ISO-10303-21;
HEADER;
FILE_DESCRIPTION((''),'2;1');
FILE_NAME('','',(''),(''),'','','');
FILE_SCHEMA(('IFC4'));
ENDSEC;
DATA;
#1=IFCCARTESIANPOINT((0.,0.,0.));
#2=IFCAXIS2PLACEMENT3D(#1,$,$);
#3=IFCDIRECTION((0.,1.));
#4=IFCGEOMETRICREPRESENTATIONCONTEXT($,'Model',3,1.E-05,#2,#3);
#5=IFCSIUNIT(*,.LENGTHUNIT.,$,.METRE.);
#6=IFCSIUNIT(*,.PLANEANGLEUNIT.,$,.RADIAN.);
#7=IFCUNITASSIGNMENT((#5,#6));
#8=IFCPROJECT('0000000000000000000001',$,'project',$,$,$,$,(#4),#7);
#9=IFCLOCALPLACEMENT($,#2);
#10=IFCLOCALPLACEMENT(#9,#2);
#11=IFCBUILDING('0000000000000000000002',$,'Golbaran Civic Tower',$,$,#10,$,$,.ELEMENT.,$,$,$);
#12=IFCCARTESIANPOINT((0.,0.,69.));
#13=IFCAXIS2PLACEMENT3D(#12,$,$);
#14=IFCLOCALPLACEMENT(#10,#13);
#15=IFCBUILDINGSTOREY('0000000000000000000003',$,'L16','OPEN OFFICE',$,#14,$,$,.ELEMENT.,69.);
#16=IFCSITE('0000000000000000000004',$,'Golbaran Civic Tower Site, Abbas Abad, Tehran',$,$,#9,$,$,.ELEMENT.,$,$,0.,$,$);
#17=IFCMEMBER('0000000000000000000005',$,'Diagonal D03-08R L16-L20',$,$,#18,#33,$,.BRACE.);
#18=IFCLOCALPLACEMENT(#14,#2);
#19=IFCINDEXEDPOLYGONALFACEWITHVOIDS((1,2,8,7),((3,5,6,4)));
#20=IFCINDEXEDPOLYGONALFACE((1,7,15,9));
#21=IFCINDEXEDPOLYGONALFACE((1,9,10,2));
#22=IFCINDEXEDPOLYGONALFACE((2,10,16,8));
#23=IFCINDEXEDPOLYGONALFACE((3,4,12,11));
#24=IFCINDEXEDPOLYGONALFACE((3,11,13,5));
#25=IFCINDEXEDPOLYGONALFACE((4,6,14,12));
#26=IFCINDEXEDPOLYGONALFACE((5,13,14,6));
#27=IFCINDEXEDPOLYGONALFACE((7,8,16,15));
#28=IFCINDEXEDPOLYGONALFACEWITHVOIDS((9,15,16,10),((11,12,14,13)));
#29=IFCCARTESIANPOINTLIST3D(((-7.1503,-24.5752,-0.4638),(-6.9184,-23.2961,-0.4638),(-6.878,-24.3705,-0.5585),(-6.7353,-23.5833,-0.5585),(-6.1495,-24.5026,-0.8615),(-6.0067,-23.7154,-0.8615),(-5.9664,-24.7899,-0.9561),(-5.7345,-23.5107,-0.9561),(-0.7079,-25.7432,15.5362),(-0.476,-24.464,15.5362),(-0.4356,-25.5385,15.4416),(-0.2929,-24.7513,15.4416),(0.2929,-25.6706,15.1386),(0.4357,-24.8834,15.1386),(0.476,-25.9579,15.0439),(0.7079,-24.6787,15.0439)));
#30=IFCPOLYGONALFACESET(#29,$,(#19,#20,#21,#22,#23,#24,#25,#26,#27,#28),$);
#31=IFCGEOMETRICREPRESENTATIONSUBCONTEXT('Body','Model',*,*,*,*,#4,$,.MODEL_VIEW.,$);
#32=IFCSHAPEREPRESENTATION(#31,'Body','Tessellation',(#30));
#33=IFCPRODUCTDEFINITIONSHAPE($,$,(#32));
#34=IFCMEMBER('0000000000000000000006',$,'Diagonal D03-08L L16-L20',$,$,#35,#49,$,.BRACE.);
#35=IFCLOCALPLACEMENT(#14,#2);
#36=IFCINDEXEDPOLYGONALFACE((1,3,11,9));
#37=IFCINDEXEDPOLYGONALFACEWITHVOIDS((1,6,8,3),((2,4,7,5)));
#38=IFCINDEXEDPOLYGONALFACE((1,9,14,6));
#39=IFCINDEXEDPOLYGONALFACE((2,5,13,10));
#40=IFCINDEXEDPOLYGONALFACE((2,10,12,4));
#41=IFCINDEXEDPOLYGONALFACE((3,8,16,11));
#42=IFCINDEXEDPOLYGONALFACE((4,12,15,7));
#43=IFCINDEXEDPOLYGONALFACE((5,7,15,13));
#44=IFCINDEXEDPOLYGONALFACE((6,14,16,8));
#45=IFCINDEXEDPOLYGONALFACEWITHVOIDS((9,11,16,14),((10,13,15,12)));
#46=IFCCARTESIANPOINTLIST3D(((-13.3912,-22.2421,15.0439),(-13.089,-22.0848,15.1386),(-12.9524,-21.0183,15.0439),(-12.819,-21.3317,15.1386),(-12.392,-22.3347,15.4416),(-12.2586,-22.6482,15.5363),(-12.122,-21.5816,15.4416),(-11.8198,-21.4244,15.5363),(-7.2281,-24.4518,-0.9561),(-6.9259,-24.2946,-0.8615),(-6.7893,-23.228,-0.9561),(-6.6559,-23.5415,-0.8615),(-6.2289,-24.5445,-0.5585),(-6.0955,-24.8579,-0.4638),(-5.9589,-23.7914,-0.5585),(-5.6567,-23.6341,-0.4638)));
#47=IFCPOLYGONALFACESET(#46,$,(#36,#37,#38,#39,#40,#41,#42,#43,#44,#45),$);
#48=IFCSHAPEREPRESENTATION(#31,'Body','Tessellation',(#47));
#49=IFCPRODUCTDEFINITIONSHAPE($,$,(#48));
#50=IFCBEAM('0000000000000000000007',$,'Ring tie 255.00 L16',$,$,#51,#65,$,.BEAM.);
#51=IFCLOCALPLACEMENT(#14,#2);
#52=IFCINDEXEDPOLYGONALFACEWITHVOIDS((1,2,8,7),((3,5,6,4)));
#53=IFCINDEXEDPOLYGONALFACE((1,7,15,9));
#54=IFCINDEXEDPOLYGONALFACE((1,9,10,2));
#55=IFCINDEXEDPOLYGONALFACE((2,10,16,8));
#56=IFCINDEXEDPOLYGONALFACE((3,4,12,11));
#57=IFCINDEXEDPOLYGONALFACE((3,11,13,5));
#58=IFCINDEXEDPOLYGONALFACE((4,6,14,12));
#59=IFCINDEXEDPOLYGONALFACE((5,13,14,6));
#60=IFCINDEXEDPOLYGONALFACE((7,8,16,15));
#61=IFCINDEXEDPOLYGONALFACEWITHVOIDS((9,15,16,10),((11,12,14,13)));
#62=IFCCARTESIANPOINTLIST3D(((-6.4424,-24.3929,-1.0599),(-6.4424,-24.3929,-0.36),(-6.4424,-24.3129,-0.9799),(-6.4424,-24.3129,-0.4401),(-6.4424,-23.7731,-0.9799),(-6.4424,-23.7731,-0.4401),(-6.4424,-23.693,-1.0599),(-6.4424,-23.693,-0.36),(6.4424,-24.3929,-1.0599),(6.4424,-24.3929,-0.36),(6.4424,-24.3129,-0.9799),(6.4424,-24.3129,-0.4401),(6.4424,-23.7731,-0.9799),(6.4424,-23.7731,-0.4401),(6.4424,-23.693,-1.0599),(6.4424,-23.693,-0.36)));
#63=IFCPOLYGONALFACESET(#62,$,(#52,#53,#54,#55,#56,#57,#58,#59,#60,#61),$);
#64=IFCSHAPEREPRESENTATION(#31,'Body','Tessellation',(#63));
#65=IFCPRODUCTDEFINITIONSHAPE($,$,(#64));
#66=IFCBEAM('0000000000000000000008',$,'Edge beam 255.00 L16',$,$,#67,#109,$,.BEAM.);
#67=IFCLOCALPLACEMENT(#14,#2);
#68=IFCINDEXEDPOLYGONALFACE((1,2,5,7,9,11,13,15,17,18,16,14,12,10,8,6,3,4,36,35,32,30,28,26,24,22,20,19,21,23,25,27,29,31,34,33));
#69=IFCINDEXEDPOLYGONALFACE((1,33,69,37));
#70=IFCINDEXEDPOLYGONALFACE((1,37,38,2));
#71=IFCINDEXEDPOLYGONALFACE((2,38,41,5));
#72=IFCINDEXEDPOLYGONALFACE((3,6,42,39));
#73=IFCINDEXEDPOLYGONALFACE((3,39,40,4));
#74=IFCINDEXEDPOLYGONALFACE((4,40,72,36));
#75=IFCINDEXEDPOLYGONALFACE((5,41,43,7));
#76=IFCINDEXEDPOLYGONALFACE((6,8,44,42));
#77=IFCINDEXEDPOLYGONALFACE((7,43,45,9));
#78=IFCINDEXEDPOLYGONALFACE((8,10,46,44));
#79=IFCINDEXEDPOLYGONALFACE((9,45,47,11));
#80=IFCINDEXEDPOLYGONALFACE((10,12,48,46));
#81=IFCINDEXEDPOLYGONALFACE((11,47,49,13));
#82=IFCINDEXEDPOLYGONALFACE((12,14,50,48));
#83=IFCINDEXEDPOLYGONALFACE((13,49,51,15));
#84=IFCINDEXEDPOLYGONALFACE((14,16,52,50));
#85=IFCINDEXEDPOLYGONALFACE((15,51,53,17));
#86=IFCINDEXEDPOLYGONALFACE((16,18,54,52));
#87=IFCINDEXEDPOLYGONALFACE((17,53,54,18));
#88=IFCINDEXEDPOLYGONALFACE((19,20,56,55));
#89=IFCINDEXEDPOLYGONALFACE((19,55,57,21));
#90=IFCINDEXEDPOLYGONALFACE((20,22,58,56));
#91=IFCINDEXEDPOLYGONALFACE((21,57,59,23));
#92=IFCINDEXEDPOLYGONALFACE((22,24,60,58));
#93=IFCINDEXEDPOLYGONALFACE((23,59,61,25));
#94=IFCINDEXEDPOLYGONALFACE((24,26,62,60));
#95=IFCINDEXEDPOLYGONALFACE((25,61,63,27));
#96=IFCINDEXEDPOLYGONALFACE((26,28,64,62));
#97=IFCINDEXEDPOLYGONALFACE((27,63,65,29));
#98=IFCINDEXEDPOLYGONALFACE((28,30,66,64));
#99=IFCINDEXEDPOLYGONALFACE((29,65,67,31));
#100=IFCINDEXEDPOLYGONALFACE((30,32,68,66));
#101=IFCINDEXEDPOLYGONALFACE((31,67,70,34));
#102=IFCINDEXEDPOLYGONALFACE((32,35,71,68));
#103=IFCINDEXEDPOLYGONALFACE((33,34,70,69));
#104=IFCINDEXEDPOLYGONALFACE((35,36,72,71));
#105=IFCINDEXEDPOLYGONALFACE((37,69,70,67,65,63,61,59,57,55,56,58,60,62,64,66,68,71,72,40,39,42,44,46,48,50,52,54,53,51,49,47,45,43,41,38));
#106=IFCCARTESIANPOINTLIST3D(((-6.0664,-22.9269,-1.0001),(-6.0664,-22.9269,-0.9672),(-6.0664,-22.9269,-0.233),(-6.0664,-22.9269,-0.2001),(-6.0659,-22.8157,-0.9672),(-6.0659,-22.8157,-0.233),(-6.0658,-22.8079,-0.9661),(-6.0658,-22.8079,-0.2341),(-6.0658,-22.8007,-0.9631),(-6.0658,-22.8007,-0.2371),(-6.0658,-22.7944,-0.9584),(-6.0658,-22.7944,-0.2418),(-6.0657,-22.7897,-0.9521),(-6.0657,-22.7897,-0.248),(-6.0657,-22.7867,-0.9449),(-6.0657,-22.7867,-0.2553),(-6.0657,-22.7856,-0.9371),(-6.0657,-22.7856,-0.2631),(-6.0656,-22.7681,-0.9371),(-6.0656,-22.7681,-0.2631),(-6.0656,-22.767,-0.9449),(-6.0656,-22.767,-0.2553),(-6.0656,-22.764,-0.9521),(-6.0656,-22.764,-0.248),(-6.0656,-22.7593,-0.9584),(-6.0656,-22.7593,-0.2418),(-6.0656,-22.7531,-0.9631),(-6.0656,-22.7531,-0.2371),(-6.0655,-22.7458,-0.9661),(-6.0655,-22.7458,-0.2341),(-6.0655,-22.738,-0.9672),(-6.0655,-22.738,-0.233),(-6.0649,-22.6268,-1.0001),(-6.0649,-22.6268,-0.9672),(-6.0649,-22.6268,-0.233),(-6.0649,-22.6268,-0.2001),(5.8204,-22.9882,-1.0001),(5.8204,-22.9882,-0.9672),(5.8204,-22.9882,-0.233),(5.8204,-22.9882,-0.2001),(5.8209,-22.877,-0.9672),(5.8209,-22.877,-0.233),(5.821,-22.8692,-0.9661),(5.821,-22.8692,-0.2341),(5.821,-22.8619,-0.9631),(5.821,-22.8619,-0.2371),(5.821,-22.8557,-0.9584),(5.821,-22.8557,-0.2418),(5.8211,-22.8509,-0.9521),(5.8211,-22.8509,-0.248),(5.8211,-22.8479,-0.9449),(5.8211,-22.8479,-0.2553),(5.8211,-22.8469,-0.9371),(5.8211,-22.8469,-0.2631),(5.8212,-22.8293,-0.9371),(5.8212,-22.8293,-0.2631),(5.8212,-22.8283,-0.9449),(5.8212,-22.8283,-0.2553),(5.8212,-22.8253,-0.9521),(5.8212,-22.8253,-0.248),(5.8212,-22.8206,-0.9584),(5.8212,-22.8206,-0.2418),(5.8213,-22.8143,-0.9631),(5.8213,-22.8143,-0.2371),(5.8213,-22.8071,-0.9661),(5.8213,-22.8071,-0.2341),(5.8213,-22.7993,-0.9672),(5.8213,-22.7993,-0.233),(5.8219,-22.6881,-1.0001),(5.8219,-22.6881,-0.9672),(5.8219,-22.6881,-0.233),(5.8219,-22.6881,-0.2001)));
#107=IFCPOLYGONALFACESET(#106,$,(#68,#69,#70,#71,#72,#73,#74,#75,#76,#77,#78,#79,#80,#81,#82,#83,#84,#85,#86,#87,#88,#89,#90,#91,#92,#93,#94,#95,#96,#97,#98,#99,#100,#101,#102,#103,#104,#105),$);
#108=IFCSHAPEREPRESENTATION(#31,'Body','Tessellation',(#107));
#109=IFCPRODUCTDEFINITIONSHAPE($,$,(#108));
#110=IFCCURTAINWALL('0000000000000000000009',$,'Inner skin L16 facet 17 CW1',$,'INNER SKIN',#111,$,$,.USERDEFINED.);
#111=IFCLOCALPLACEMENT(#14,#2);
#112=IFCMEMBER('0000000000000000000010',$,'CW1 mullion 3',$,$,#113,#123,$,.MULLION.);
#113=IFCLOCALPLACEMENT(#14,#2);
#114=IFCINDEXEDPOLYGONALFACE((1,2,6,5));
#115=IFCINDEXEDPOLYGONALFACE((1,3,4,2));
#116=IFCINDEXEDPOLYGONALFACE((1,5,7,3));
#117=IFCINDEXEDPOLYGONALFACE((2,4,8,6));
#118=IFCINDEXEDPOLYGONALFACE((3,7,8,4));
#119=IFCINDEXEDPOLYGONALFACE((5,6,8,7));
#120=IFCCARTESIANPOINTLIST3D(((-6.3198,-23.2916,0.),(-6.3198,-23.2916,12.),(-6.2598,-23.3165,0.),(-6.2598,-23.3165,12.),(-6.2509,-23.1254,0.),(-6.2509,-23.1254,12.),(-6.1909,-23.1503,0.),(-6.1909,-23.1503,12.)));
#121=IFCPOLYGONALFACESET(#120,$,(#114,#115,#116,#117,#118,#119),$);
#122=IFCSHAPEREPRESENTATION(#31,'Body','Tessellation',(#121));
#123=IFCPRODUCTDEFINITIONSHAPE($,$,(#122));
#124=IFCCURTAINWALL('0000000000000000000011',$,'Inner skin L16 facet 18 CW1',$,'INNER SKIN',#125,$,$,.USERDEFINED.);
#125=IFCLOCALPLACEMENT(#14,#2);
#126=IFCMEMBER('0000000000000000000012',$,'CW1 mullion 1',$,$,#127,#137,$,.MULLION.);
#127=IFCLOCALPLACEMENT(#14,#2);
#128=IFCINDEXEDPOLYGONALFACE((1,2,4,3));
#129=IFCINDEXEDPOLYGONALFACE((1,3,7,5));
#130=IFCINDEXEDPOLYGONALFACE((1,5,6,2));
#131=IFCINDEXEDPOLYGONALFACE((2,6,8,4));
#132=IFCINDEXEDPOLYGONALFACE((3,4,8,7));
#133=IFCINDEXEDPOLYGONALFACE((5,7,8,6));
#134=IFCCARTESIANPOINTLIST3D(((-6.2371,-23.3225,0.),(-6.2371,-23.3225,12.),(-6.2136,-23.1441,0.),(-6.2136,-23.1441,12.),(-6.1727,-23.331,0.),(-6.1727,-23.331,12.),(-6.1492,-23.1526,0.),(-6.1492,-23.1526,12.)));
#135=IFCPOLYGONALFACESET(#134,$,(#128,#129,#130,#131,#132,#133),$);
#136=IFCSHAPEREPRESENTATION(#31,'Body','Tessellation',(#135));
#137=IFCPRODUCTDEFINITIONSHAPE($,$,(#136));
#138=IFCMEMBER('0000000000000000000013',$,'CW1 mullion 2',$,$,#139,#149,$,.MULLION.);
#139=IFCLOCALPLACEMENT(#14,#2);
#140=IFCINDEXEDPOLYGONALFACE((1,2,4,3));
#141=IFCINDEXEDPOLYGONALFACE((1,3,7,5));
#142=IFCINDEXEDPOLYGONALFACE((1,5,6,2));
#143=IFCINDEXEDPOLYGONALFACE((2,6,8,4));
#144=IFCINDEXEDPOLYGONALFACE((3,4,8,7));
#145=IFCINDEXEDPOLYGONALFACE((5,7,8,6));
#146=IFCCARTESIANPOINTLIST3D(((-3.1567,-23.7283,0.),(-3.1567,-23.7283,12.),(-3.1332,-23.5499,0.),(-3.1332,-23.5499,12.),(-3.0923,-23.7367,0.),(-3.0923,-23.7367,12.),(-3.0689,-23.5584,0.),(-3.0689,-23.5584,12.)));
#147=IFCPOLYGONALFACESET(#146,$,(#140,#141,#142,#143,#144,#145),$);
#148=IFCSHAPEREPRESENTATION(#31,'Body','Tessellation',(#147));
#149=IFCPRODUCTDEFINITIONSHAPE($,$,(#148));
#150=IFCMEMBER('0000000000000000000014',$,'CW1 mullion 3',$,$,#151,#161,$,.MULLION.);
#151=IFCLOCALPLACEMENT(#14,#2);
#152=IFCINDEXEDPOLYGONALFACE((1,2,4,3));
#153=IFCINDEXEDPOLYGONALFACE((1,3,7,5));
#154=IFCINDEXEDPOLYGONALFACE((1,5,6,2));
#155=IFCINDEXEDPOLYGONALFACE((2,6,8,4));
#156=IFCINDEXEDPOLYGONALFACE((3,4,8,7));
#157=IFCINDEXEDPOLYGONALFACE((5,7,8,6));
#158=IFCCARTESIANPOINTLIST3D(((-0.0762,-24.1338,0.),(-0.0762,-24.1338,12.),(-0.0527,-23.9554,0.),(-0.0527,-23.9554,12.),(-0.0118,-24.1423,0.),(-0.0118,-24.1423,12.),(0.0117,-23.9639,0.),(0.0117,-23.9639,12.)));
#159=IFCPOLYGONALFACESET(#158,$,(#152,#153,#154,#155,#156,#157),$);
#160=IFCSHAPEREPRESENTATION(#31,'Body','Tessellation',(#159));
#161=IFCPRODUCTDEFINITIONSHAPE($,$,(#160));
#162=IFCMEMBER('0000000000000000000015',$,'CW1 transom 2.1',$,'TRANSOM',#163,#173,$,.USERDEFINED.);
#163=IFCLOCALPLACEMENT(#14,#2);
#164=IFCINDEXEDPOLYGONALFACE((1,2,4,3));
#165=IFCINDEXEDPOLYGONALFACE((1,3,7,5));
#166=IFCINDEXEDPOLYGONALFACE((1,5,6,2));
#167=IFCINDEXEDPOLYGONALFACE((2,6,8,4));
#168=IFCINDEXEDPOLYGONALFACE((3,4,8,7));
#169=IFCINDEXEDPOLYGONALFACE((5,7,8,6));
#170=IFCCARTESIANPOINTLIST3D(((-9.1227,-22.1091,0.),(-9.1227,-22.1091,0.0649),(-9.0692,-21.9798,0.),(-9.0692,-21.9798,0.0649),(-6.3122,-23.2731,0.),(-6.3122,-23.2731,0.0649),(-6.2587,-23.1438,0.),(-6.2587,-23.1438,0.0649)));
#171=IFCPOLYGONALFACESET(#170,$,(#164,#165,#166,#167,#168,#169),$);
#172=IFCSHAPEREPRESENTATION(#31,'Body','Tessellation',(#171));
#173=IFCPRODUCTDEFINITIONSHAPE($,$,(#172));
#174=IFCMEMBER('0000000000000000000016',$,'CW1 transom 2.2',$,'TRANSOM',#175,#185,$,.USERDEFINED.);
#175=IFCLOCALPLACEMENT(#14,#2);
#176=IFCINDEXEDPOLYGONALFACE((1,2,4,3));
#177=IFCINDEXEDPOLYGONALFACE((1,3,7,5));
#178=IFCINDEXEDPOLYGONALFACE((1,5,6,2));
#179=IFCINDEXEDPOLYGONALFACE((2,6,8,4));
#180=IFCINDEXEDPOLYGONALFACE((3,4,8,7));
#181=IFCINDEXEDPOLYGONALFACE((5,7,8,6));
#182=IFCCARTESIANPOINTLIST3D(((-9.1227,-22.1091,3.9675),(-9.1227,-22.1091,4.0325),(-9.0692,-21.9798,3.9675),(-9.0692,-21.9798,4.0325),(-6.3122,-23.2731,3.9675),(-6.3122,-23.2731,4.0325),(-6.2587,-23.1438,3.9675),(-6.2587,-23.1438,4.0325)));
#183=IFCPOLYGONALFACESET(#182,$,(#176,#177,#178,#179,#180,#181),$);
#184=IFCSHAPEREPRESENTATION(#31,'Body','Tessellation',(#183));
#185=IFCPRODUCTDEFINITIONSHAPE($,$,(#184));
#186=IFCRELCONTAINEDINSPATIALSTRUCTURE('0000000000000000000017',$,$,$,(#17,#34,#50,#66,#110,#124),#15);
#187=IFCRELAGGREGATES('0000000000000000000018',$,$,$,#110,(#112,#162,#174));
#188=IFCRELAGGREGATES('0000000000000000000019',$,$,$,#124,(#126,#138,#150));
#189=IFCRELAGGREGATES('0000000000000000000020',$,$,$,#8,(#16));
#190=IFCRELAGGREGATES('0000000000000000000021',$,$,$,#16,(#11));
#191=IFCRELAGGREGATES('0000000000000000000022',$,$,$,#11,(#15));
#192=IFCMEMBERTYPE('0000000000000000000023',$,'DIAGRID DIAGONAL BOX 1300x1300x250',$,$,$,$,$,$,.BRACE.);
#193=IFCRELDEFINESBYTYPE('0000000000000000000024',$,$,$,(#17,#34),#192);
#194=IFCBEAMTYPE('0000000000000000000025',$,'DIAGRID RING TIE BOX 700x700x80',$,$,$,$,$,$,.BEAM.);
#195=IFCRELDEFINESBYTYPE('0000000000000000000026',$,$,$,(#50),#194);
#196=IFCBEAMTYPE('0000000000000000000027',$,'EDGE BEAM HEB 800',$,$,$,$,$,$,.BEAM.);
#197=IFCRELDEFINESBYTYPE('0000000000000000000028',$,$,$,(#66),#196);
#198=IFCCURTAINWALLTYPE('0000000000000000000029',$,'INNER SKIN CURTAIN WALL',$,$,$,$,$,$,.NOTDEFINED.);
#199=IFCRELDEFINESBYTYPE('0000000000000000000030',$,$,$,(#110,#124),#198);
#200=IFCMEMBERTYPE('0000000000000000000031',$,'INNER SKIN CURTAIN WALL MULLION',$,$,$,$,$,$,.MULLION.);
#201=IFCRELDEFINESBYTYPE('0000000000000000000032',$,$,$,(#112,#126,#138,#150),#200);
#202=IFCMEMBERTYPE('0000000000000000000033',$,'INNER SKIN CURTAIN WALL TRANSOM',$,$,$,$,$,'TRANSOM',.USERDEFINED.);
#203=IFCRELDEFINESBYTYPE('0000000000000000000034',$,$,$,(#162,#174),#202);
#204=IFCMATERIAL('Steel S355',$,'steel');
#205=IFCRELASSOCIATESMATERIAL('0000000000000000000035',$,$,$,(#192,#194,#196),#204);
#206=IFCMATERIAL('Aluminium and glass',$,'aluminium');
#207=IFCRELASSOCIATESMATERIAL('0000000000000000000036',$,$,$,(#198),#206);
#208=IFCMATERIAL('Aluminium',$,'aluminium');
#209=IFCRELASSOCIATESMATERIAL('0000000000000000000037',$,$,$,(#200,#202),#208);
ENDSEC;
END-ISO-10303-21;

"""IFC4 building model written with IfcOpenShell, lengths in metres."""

from ifc_helpers import new_model, si_unit, direction, frame, origin, origin_2d, place, context, subcontext, project, spatial, rectangle, hollow_rectangle, i_section, extrude, material, material_profile, profile_set, type_object, element, aggregate, save


model = new_model("IFC4")

# Units and contexts
model_context = context("Model", 3, precision=1e-05, world=origin(), true_north=direction((0.0, 1.0)))
body_context = subcontext(model_context, "Body", "Model", "MODEL_VIEW")
ifc_project = project(units=[si_unit("LENGTHUNIT", "METRE"), si_unit("PLANEANGLEUNIT", "RADIAN")], contexts=[model_context])

# Site, building, storey
site_placement = place(None, origin())
site = spatial("IfcSite", under=ifc_project, at=site_placement, Name="Golbaran Civic Tower Site, Abbas Abad, Tehran", CompositionType="ELEMENT", RefElevation=0.0)
building_placement = place(site_placement, origin())
building = spatial("IfcBuilding", under=site, at=building_placement, Name="Golbaran Civic Tower", CompositionType="ELEMENT")
storey_placement = place(building_placement, frame((0.0, 0.0, 69.0)))
storey = spatial("IfcBuildingStorey", under=building, at=storey_placement, Name="L16", Description="OPEN OFFICE", CompositionType="ELEMENT", Elevation=69.0)

# Members
ifc_material_1 = material(Name="Steel S355", Category="steel")
ifc_material_profile_1 = material_profile(ifc_material_1, hollow_rectangle(XDim=1.3, YDim=1.3, WallThickness=0.25, at=origin_2d()), Name="BOX 1300x1300x250")
ifc_profile_set_1 = profile_set([ifc_material_profile_1], Name="Steel S355")
member_type_1 = type_object("IfcMemberType", Name="DIAGRID DIAGONAL BOX 1300x1300x250", PredefinedType="BRACE", material=ifc_profile_set_1)
for number, where, z_axis, x_axis, name in (
    (1, (-6.4424, -24.043, -0.71), (0.372655, -0.06756, 0.925508), (0.178387, 0.98396, 0.0), "Diagonal D03-08R L16-L20"),
    (2, (-6.4424, -24.043, -0.71), (-0.3565, 0.12782, 0.925511), (-0.337503, -0.941324, 0.0), "Diagonal D03-08L L16-L20"),
):
    element("IfcMember", number, at=place(storey_placement, frame(where, z_axis=z_axis, x_axis=x_axis)), inside=storey, type_object=member_type_1, Name=name, PredefinedType="BRACE", context=body_context, shape_type="SweptSolid", body=[
        extrude(hollow_rectangle(XDim=1.3, YDim=1.3, WallThickness=0.25, at=origin_2d()), origin(), (0.0, 0.0, 1.0), 17.2878),
    ])

# Beams
ifc_material_profile_2 = material_profile(ifc_material_1, hollow_rectangle(XDim=0.7, YDim=0.7, WallThickness=0.0801, at=origin_2d()), Name="BOX 700x700x80")
ifc_profile_set_2 = profile_set([ifc_material_profile_2], Name="Steel S355")
beam_type_1 = type_object("IfcBeamType", Name="DIAGRID RING TIE BOX 700x700x80", PredefinedType="BEAM", material=ifc_profile_set_2)
beam_1_placement = place(storey_placement, frame((-6.4424, -24.043, -0.71), z_axis=(1.0, 0.0, 0.0), x_axis=(0.0, 1.0, 0.0)))
element("IfcBeam", 3, at=beam_1_placement, inside=storey, type_object=beam_type_1, Name="Ring tie 255.00 L16", PredefinedType="BEAM", context=body_context, shape_type="SweptSolid", body=[
    extrude(hollow_rectangle(XDim=0.7, YDim=0.7, WallThickness=0.0801, at=origin_2d()), origin(), (0.0, 0.0, 1.0), 12.8848),
])
ifc_material_profile_3 = material_profile(ifc_material_1, i_section(OverallWidth=0.3, OverallDepth=0.8, WebThickness=0.0176, FlangeThickness=0.033, FilletRadius=0.03, at=origin_2d()), Name="HEB 800")
ifc_profile_set_3 = profile_set([ifc_material_profile_3], Name="Steel S355")
beam_type_2 = type_object("IfcBeamType", Name="EDGE BEAM HEB 800", PredefinedType="BEAM", material=ifc_profile_set_3)
beam_2_placement = place(storey_placement, frame((-6.0657, -22.7769, -0.6001), z_axis=(0.999987, -0.005155, 0.0), x_axis=(0.005155, 0.999987, 0.0)))
element("IfcBeam", 4, at=beam_2_placement, inside=storey, type_object=beam_type_2, Name="Edge beam 255.00 L16", PredefinedType="BEAM", context=body_context, shape_type="SweptSolid", body=[
    extrude(i_section(OverallWidth=0.3, OverallDepth=0.8, WebThickness=0.0176, FlangeThickness=0.033, FilletRadius=0.03, at=origin_2d()), origin(), (0.0, 0.0, 1.0), 11.887),
])

# Curtain wall, member
ifc_material_2 = material(Name="Aluminium and glass", Category="aluminium")
curtain_wall_type_1 = type_object("IfcCurtainWallType", Name="INNER SKIN CURTAIN WALL", PredefinedType="NOTDEFINED", material=ifc_material_2)
curtain_wall_1_placement = place(storey_placement, origin())
curtain_wall_1 = element("IfcCurtainWall", 5, at=curtain_wall_1_placement, inside=storey, type_object=curtain_wall_type_1, Name="Inner skin L16 facet 17 CW1", ObjectType="INNER SKIN", PredefinedType="USERDEFINED")
ifc_material_3 = material(Name="Aluminium", Category="aluminium")
ifc_material_profile_4 = material_profile(ifc_material_3, rectangle(XDim=0.1799, YDim=0.0649, at=origin_2d()), Name="INNER SKIN CURTAIN WALL MULLION")
ifc_profile_set_4 = profile_set([ifc_material_profile_4], Name="Aluminium")
member_type_2 = type_object("IfcMemberType", Name="INNER SKIN CURTAIN WALL MULLION", PredefinedType="MULLION", material=ifc_profile_set_4)
member_1_placement = place(storey_placement, frame((-6.2554, -23.2209, 0.0), z_axis=(0.0, 0.0, 1.0), x_axis=(0.382683, 0.92388, 0.0)))
member_1 = element("IfcMember", 6, at=member_1_placement, type_object=member_type_2, Name="CW1 mullion 3", PredefinedType="MULLION", context=body_context, shape_type="SweptSolid", body=[
    extrude(rectangle(XDim=0.1799, YDim=0.0649, at=origin_2d()), origin(), (0.0, 0.0, 1.0), 12.0),
])

# Curtain wall, members
curtain_wall_2_placement = place(storey_placement, origin())
curtain_wall_2 = element("IfcCurtainWall", 7, at=curtain_wall_2_placement, inside=storey, type_object=curtain_wall_type_1, Name="Inner skin L16 facet 18 CW1", ObjectType="INNER SKIN", PredefinedType="USERDEFINED")
member_2_placement = place(storey_placement, frame((-6.1931, -23.2375, 0.0), z_axis=(0.0, 0.0, 1.0), x_axis=(0.130526, 0.991445, 0.0)))
member_2 = element("IfcMember", 8, at=member_2_placement, type_object=member_type_2, Name="CW1 mullion 1", PredefinedType="MULLION", context=body_context, shape_type="SweptSolid", body=[
    extrude(rectangle(XDim=0.1799, YDim=0.0649, at=origin_2d()), origin(), (0.0, 0.0, 1.0), 12.0),
])
member_3_placement = place(storey_placement, frame((-3.1128, -23.6433, 0.0), z_axis=(0.0, 0.0, 1.0), x_axis=(0.130526, 0.991445, 0.0)))
member_3 = element("IfcMember", 9, at=member_3_placement, type_object=member_type_2, Name="CW1 mullion 2", PredefinedType="MULLION", context=body_context, shape_type="SweptSolid", body=[
    extrude(rectangle(XDim=0.1799, YDim=0.0649, at=origin_2d()), origin(), (0.0, 0.0, 1.0), 12.0),
])
member_4_placement = place(storey_placement, frame((-0.0322, -24.0488, 0.0), z_axis=(0.0, 0.0, 1.0), x_axis=(0.130526, 0.991445, 0.0)))
member_4 = element("IfcMember", 10, at=member_4_placement, type_object=member_type_2, Name="CW1 mullion 3", PredefinedType="MULLION", context=body_context, shape_type="SweptSolid", body=[
    extrude(rectangle(XDim=0.1799, YDim=0.0649, at=origin_2d()), origin(), (0.0, 0.0, 1.0), 12.0),
])

# Members
ifc_material_profile_5 = material_profile(ifc_material_3, rectangle(XDim=0.1399, YDim=0.0649, at=origin_2d()), Name="INNER SKIN CURTAIN WALL TRANSOM")
ifc_profile_set_5 = profile_set([ifc_material_profile_5], Name="Aluminium")
member_type_3 = type_object("IfcMemberType", Name="INNER SKIN CURTAIN WALL TRANSOM", ElementType="TRANSOM", PredefinedType="USERDEFINED", material=ifc_profile_set_5)
member_5_placement = place(storey_placement, frame((-9.0959, -22.0444, 0.0325), z_axis=(0.923892, -0.382654, 0.0), x_axis=(0.382654, 0.923892, 0.0)))
member_5 = element("IfcMember", 11, at=member_5_placement, type_object=member_type_3, Name="CW1 transom 2.1", ObjectType="TRANSOM", PredefinedType="USERDEFINED", context=body_context, shape_type="SweptSolid", body=[
    extrude(rectangle(XDim=0.1399, YDim=0.0649, at=origin_2d()), origin(), (0.0, 0.0, 1.0), 3.042),
])
member_6_placement = place(storey_placement, frame((-9.0959, -22.0444, 4.0), z_axis=(0.923892, -0.382654, 0.0), x_axis=(0.382654, 0.923892, 0.0)))
member_6 = element("IfcMember", 12, at=member_6_placement, type_object=member_type_3, Name="CW1 transom 2.2", ObjectType="TRANSOM", PredefinedType="USERDEFINED", context=body_context, shape_type="SweptSolid", body=[
    extrude(rectangle(XDim=0.1399, YDim=0.0649, at=origin_2d()), origin(), (0.0, 0.0, 1.0), 3.042),
])

aggregate(curtain_wall_1, [member_1, member_5, member_6])
aggregate(curtain_wall_2, [member_2, member_3, member_4])

save(model, "model.ifc")
